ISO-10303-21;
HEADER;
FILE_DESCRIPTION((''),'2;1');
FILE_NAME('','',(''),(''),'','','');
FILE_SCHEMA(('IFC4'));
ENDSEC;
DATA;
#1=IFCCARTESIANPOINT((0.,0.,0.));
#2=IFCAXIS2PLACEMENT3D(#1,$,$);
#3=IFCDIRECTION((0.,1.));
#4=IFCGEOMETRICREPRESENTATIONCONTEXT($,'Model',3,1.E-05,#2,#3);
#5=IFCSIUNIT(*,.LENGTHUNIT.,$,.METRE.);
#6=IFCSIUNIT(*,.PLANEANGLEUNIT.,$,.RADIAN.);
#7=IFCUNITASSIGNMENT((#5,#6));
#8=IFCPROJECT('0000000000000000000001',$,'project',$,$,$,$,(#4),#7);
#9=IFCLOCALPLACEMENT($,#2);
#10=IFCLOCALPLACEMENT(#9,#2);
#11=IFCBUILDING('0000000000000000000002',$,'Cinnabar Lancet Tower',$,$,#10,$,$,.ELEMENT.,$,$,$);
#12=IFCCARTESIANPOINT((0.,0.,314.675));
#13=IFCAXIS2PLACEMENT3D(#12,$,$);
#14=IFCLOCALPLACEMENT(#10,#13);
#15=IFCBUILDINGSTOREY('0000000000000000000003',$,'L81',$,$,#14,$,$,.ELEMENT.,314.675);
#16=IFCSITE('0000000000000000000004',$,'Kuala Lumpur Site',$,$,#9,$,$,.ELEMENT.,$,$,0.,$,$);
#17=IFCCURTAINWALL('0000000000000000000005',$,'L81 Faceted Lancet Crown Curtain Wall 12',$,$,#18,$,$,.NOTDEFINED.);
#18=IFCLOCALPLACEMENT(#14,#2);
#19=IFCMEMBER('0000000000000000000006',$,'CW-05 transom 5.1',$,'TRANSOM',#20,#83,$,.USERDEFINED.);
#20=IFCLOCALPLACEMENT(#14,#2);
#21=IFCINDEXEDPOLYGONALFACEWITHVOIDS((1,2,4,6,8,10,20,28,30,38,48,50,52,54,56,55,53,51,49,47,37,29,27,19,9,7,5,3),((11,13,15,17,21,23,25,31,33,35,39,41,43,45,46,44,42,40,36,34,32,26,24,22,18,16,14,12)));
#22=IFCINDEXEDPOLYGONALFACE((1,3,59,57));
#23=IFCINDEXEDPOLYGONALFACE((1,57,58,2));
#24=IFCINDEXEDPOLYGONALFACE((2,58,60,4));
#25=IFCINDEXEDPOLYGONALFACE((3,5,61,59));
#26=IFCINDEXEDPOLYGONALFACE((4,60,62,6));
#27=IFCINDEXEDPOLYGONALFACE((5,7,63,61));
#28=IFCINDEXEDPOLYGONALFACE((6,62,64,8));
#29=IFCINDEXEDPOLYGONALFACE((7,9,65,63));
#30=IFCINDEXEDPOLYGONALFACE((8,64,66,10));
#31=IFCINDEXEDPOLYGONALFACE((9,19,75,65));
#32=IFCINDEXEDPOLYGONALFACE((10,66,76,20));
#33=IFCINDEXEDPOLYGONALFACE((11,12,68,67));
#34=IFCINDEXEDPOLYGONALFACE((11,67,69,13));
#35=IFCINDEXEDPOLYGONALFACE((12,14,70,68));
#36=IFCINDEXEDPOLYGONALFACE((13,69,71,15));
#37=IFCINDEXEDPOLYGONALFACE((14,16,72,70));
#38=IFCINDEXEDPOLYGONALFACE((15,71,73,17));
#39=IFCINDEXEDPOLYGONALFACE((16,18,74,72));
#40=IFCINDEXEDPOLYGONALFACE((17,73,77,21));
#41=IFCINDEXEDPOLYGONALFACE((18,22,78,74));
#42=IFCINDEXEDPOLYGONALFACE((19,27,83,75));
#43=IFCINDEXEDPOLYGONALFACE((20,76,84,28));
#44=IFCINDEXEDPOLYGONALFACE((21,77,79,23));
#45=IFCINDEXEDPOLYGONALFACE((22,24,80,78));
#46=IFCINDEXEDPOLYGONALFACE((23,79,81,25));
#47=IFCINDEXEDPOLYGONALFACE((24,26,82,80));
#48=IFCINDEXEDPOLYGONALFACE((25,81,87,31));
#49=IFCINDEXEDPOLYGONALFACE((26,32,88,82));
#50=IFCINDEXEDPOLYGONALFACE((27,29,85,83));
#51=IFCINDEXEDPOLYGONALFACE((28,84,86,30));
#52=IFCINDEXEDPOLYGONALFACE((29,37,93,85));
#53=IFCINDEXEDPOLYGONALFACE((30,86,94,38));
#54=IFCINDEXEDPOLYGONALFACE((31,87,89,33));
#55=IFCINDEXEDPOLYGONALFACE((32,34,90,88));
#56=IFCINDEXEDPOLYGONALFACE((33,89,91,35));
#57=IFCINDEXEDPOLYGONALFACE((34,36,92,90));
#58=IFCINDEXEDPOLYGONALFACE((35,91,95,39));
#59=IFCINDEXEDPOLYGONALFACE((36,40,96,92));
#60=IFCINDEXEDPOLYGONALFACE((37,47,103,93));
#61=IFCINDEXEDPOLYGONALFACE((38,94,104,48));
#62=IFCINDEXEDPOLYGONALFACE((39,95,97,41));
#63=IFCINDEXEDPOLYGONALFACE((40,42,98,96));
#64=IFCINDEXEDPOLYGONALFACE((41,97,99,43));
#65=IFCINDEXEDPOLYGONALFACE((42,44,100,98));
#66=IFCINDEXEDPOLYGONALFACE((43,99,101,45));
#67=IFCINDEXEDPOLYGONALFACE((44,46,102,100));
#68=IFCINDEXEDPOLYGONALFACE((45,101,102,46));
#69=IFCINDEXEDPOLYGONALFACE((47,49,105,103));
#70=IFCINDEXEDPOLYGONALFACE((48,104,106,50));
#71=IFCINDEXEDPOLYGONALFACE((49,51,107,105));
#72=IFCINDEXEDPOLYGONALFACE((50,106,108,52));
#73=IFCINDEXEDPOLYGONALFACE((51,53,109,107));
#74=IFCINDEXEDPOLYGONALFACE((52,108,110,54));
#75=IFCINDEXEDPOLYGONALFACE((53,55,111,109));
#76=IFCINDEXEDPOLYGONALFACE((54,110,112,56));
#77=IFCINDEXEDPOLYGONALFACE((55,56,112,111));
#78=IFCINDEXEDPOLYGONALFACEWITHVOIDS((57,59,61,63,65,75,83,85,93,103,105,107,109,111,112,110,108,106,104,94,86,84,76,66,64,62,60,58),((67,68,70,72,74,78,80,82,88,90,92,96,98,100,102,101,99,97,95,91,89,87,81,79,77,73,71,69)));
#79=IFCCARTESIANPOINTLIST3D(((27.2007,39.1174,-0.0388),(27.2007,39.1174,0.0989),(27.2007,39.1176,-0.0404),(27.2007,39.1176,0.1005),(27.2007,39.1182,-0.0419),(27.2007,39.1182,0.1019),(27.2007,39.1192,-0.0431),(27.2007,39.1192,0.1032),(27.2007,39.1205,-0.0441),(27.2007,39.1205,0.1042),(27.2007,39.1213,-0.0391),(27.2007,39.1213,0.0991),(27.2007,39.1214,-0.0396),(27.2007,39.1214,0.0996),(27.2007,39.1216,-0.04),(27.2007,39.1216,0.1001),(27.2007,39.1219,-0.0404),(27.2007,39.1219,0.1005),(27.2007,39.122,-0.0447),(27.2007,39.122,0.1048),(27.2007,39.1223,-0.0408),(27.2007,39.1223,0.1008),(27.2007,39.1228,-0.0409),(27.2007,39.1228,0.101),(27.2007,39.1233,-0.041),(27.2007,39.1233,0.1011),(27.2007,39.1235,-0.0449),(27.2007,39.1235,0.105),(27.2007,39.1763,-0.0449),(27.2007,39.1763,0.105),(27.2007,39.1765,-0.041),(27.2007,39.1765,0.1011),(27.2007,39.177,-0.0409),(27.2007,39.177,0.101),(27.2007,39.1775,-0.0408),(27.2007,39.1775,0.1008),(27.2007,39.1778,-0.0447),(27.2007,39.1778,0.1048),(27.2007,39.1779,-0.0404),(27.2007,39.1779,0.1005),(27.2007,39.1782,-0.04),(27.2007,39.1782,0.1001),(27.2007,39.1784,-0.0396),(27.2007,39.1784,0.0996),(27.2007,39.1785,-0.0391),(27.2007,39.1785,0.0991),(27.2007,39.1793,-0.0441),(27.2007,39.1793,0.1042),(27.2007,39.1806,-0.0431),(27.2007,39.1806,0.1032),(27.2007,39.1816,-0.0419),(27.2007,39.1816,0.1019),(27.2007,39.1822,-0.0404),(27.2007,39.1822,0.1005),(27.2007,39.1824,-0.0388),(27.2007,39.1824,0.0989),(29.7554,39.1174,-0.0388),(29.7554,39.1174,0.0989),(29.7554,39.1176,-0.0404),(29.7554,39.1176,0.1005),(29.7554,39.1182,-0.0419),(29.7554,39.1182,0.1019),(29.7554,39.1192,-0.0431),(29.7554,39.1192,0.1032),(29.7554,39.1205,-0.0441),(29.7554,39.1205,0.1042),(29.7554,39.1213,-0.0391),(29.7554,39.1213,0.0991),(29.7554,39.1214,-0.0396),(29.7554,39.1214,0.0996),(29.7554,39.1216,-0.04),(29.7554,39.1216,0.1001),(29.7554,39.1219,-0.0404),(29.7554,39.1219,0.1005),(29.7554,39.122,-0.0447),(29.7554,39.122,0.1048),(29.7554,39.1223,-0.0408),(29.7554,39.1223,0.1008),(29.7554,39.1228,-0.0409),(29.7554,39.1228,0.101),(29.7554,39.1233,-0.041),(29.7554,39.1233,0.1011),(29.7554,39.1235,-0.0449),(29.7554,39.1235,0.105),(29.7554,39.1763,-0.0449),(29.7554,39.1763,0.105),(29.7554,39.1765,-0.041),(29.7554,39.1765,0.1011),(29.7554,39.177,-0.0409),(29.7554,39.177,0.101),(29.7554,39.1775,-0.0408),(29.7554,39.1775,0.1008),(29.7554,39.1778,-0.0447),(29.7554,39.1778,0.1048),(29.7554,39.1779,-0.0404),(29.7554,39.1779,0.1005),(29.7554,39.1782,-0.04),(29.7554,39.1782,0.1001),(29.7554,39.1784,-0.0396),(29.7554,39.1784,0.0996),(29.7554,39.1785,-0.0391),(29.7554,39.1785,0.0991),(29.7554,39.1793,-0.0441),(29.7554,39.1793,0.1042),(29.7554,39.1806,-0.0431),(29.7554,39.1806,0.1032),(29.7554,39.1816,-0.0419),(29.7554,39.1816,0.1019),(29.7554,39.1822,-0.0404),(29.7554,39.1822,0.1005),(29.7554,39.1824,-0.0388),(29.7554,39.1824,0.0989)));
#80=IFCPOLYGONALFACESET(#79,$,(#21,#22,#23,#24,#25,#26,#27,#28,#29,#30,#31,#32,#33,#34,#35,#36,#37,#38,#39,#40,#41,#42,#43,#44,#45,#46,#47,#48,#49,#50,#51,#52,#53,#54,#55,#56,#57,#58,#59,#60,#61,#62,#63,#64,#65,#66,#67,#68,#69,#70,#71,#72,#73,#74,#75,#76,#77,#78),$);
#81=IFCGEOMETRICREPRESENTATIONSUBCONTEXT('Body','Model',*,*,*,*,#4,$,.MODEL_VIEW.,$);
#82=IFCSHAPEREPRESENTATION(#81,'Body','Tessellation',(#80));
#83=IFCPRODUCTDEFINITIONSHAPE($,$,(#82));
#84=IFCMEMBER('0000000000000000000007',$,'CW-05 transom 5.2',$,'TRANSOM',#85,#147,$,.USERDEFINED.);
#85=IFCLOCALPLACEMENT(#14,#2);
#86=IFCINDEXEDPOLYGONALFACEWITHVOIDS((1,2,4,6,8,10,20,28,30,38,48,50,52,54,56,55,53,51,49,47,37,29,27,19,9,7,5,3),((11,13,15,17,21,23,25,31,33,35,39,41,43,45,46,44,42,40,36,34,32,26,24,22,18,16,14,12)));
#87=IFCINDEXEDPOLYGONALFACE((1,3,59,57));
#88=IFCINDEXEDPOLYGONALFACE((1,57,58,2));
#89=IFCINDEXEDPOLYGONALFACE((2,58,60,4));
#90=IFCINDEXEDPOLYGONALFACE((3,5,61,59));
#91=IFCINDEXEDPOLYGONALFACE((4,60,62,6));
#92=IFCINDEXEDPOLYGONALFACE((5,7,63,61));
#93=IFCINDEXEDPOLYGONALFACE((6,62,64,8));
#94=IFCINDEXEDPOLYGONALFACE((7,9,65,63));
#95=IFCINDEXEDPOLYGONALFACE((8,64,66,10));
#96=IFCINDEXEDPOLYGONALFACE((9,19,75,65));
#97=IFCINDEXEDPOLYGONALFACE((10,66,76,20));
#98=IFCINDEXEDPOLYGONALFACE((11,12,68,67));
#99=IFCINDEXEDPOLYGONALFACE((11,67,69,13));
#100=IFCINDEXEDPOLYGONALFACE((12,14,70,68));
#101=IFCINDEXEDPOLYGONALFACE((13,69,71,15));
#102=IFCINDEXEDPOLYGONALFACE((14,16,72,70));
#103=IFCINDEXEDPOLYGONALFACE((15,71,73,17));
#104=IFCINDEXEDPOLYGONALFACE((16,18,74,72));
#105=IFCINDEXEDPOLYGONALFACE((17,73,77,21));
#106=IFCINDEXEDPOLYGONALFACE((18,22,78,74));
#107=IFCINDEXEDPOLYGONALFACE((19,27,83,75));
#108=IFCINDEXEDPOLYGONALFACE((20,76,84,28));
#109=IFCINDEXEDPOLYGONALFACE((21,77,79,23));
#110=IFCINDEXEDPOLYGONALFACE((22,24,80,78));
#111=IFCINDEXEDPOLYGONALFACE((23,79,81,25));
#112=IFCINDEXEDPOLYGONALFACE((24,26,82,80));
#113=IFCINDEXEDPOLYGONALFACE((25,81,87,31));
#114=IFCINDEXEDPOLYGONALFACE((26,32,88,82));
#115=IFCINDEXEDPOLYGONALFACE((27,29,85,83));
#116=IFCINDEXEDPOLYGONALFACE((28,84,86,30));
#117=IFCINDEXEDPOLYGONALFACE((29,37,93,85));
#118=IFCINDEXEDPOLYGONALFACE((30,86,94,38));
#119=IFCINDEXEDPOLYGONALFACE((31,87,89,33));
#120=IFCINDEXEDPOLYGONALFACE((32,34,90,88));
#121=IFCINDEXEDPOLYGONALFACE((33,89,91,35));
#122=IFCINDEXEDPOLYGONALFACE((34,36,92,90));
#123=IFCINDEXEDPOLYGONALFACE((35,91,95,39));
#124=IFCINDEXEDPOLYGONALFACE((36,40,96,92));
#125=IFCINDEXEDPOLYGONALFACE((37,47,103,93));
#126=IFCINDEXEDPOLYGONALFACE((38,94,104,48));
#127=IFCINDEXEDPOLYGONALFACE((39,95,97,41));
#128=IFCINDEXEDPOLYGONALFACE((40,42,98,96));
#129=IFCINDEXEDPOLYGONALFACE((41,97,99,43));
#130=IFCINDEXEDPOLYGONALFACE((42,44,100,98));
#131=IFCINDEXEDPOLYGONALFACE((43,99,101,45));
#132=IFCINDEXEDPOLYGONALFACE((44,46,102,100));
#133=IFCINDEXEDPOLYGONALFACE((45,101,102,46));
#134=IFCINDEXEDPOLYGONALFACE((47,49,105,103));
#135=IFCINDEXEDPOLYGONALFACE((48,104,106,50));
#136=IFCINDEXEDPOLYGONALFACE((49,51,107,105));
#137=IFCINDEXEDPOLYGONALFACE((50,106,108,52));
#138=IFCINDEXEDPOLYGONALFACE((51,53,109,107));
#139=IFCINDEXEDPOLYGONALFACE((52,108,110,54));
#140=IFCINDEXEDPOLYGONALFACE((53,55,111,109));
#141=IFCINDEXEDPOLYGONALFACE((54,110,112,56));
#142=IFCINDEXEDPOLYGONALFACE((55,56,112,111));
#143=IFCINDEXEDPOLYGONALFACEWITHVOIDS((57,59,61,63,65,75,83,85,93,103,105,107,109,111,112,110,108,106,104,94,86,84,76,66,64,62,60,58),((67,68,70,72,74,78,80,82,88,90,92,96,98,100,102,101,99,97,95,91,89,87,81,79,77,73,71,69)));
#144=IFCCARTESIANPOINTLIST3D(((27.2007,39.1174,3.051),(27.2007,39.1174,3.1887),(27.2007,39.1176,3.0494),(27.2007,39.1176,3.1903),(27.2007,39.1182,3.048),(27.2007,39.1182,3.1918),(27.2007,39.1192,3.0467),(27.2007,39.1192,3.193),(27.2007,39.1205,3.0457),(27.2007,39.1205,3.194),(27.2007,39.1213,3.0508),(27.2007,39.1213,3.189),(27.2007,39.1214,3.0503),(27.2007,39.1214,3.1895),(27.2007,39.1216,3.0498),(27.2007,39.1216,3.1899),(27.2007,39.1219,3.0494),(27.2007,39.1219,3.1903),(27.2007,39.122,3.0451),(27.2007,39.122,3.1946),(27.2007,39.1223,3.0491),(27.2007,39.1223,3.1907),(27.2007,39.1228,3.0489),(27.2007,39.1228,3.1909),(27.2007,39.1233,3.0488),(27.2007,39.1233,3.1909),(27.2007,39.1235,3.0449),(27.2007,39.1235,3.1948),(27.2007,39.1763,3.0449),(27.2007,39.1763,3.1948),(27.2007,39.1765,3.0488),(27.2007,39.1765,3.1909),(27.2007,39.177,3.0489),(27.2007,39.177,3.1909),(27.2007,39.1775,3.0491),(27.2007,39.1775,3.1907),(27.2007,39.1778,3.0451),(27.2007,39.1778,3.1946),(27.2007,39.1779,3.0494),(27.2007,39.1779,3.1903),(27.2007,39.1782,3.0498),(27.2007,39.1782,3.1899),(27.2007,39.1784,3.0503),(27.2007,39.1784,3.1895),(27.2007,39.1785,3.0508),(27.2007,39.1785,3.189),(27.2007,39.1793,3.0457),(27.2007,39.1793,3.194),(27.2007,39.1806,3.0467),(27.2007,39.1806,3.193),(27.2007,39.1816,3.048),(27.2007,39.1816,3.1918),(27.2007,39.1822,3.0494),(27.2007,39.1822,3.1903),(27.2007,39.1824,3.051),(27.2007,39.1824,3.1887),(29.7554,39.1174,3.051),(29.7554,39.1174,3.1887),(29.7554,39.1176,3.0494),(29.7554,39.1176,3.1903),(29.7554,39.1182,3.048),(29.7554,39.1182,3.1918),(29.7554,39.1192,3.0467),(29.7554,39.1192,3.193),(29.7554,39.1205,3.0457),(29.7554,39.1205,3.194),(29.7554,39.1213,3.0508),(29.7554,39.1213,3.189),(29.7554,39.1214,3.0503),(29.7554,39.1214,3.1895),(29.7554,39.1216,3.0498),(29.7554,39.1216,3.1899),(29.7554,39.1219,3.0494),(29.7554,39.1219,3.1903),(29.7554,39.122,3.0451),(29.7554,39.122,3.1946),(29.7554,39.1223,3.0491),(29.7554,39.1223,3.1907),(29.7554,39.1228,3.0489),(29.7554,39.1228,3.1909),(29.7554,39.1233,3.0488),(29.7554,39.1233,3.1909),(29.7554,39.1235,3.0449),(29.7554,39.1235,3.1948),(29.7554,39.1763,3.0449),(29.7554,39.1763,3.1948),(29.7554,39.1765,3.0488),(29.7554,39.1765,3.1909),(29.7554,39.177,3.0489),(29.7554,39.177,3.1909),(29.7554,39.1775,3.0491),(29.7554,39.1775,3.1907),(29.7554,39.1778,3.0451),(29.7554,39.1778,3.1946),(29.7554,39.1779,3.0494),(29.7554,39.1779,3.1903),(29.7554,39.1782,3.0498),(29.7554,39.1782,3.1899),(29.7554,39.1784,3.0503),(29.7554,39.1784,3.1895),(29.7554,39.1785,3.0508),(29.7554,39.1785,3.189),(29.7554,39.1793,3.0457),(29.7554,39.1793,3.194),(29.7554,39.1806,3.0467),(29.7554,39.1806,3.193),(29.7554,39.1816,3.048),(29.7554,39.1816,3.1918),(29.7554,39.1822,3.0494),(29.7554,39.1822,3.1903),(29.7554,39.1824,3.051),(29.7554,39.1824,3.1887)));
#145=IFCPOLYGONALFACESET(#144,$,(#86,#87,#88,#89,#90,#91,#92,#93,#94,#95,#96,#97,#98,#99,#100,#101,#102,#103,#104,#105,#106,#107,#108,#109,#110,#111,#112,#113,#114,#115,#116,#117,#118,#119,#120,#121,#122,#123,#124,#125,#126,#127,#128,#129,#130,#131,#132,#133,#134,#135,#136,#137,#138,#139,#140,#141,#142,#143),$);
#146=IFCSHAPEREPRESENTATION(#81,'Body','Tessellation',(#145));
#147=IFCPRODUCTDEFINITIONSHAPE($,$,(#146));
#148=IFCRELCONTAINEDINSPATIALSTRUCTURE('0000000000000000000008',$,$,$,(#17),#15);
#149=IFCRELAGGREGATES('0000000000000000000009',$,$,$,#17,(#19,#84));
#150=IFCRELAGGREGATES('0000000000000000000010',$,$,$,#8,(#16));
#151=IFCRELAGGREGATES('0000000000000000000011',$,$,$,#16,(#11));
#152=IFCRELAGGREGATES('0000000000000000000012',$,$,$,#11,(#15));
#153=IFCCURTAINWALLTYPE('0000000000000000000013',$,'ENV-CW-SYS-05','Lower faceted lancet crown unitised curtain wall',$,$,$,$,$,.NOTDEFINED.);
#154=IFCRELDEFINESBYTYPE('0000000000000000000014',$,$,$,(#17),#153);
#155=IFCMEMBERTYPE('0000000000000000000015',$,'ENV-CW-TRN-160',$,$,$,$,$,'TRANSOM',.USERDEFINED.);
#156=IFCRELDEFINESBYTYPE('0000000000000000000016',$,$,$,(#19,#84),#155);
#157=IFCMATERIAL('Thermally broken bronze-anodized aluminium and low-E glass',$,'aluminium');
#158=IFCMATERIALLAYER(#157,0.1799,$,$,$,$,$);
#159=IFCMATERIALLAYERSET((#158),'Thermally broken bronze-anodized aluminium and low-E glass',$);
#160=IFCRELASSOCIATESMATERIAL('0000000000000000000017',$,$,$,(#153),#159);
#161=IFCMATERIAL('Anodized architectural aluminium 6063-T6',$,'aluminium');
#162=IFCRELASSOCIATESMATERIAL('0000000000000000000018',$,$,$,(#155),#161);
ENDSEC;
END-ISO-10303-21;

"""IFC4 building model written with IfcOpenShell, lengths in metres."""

from ifc_helpers import new_model, si_unit, direction, frame, origin, origin_2d, place, context, subcontext, project, spatial, hollow_rectangle, extrude, material, layer, layer_set, material_profile, profile_set, type_object, element, aggregate, save


model = new_model("IFC4")

# Units and contexts
model_context = context("Model", 3, precision=1e-05, world=origin(), true_north=direction((0.0, 1.0)))
body_context = subcontext(model_context, "Body", "Model", "MODEL_VIEW")
ifc_project = project(units=[si_unit("LENGTHUNIT", "METRE"), si_unit("PLANEANGLEUNIT", "RADIAN")], contexts=[model_context])

# Site, building, storey
site_placement = place(None, origin())
site = spatial("IfcSite", under=ifc_project, at=site_placement, Name="Kuala Lumpur Site", CompositionType="ELEMENT", RefElevation=0.0)
building_placement = place(site_placement, origin())
building = spatial("IfcBuilding", under=site, at=building_placement, Name="Cinnabar Lancet Tower", CompositionType="ELEMENT")
storey_placement = place(building_placement, frame((0.0, 0.0, 314.675)))
storey = spatial("IfcBuildingStorey", under=building, at=storey_placement, Name="L81", CompositionType="ELEMENT", Elevation=314.675)

# Curtain wall
ifc_material_1 = material(Name="Thermally broken bronze-anodized aluminium and low-E glass", Category="aluminium")
ifc_layer_1 = layer(ifc_material_1, 0.1799)
ifc_layer_set_1 = layer_set([ifc_layer_1], Name="Thermally broken bronze-anodized aluminium and low-E glass")
curtain_wall_type = type_object("IfcCurtainWallType", Name="ENV-CW-SYS-05", Description="Lower faceted lancet crown unitised curtain wall", PredefinedType="NOTDEFINED", material=ifc_layer_set_1)
curtain_wall_1_placement = place(storey_placement, origin())
curtain_wall_1 = element("IfcCurtainWall", 1, at=curtain_wall_1_placement, inside=storey, type_object=curtain_wall_type, Name="L81 Faceted Lancet Crown Curtain Wall 12", PredefinedType="NOTDEFINED")

# Members
ifc_material_2 = material(Name="Anodized architectural aluminium 6063-T6", Category="aluminium")
ifc_material_profile_1 = material_profile(ifc_material_2, hollow_rectangle(XDim=0.0649, YDim=0.1499, WallThickness=0.0039, InnerFilletRadius=0.002, OuterFilletRadius=0.0061, at=origin_2d()), Name="CW-TRN 150x65x4")
ifc_profile_set_1 = profile_set([ifc_material_profile_1], Name="Anodized architectural aluminium 6063-T6")
member_type_1 = type_object("IfcMemberType", Name="ENV-CW-TRN-160", ElementType="TRANSOM", PredefinedType="USERDEFINED", material=ifc_profile_set_1)
member_1_placement = place(storey_placement, frame((29.7554, 39.1499, 0.03), z_axis=(-1.0, 0.0, 0.0), x_axis=(0.0, -1.0, 0.0)))
member_1 = element("IfcMember", 2, at=member_1_placement, type_object=member_type_1, Name="CW-05 transom 5.1", ObjectType="TRANSOM", PredefinedType="USERDEFINED", context=body_context, shape_type="SweptSolid", body=[
    extrude(hollow_rectangle(XDim=0.0649, YDim=0.1499, WallThickness=0.0039, InnerFilletRadius=0.002, OuterFilletRadius=0.0061, at=origin_2d()), origin(), (0.0, 0.0, 1.0), 2.5547),
])
member_2_placement = place(storey_placement, frame((29.7554, 39.1499, 3.1199), z_axis=(-1.0, 0.0, 0.0), x_axis=(0.0, -1.0, 0.0)))
member_2 = element("IfcMember", 3, at=member_2_placement, type_object=member_type_1, Name="CW-05 transom 5.2", ObjectType="TRANSOM", PredefinedType="USERDEFINED", context=body_context, shape_type="SweptSolid", body=[
    extrude(hollow_rectangle(XDim=0.0649, YDim=0.1499, WallThickness=0.0039, InnerFilletRadius=0.002, OuterFilletRadius=0.0061, at=origin_2d()), origin(), (0.0, 0.0, 1.0), 2.5547),
])

aggregate(curtain_wall_1, [member_1, member_2])

save(model, "model.ifc")
